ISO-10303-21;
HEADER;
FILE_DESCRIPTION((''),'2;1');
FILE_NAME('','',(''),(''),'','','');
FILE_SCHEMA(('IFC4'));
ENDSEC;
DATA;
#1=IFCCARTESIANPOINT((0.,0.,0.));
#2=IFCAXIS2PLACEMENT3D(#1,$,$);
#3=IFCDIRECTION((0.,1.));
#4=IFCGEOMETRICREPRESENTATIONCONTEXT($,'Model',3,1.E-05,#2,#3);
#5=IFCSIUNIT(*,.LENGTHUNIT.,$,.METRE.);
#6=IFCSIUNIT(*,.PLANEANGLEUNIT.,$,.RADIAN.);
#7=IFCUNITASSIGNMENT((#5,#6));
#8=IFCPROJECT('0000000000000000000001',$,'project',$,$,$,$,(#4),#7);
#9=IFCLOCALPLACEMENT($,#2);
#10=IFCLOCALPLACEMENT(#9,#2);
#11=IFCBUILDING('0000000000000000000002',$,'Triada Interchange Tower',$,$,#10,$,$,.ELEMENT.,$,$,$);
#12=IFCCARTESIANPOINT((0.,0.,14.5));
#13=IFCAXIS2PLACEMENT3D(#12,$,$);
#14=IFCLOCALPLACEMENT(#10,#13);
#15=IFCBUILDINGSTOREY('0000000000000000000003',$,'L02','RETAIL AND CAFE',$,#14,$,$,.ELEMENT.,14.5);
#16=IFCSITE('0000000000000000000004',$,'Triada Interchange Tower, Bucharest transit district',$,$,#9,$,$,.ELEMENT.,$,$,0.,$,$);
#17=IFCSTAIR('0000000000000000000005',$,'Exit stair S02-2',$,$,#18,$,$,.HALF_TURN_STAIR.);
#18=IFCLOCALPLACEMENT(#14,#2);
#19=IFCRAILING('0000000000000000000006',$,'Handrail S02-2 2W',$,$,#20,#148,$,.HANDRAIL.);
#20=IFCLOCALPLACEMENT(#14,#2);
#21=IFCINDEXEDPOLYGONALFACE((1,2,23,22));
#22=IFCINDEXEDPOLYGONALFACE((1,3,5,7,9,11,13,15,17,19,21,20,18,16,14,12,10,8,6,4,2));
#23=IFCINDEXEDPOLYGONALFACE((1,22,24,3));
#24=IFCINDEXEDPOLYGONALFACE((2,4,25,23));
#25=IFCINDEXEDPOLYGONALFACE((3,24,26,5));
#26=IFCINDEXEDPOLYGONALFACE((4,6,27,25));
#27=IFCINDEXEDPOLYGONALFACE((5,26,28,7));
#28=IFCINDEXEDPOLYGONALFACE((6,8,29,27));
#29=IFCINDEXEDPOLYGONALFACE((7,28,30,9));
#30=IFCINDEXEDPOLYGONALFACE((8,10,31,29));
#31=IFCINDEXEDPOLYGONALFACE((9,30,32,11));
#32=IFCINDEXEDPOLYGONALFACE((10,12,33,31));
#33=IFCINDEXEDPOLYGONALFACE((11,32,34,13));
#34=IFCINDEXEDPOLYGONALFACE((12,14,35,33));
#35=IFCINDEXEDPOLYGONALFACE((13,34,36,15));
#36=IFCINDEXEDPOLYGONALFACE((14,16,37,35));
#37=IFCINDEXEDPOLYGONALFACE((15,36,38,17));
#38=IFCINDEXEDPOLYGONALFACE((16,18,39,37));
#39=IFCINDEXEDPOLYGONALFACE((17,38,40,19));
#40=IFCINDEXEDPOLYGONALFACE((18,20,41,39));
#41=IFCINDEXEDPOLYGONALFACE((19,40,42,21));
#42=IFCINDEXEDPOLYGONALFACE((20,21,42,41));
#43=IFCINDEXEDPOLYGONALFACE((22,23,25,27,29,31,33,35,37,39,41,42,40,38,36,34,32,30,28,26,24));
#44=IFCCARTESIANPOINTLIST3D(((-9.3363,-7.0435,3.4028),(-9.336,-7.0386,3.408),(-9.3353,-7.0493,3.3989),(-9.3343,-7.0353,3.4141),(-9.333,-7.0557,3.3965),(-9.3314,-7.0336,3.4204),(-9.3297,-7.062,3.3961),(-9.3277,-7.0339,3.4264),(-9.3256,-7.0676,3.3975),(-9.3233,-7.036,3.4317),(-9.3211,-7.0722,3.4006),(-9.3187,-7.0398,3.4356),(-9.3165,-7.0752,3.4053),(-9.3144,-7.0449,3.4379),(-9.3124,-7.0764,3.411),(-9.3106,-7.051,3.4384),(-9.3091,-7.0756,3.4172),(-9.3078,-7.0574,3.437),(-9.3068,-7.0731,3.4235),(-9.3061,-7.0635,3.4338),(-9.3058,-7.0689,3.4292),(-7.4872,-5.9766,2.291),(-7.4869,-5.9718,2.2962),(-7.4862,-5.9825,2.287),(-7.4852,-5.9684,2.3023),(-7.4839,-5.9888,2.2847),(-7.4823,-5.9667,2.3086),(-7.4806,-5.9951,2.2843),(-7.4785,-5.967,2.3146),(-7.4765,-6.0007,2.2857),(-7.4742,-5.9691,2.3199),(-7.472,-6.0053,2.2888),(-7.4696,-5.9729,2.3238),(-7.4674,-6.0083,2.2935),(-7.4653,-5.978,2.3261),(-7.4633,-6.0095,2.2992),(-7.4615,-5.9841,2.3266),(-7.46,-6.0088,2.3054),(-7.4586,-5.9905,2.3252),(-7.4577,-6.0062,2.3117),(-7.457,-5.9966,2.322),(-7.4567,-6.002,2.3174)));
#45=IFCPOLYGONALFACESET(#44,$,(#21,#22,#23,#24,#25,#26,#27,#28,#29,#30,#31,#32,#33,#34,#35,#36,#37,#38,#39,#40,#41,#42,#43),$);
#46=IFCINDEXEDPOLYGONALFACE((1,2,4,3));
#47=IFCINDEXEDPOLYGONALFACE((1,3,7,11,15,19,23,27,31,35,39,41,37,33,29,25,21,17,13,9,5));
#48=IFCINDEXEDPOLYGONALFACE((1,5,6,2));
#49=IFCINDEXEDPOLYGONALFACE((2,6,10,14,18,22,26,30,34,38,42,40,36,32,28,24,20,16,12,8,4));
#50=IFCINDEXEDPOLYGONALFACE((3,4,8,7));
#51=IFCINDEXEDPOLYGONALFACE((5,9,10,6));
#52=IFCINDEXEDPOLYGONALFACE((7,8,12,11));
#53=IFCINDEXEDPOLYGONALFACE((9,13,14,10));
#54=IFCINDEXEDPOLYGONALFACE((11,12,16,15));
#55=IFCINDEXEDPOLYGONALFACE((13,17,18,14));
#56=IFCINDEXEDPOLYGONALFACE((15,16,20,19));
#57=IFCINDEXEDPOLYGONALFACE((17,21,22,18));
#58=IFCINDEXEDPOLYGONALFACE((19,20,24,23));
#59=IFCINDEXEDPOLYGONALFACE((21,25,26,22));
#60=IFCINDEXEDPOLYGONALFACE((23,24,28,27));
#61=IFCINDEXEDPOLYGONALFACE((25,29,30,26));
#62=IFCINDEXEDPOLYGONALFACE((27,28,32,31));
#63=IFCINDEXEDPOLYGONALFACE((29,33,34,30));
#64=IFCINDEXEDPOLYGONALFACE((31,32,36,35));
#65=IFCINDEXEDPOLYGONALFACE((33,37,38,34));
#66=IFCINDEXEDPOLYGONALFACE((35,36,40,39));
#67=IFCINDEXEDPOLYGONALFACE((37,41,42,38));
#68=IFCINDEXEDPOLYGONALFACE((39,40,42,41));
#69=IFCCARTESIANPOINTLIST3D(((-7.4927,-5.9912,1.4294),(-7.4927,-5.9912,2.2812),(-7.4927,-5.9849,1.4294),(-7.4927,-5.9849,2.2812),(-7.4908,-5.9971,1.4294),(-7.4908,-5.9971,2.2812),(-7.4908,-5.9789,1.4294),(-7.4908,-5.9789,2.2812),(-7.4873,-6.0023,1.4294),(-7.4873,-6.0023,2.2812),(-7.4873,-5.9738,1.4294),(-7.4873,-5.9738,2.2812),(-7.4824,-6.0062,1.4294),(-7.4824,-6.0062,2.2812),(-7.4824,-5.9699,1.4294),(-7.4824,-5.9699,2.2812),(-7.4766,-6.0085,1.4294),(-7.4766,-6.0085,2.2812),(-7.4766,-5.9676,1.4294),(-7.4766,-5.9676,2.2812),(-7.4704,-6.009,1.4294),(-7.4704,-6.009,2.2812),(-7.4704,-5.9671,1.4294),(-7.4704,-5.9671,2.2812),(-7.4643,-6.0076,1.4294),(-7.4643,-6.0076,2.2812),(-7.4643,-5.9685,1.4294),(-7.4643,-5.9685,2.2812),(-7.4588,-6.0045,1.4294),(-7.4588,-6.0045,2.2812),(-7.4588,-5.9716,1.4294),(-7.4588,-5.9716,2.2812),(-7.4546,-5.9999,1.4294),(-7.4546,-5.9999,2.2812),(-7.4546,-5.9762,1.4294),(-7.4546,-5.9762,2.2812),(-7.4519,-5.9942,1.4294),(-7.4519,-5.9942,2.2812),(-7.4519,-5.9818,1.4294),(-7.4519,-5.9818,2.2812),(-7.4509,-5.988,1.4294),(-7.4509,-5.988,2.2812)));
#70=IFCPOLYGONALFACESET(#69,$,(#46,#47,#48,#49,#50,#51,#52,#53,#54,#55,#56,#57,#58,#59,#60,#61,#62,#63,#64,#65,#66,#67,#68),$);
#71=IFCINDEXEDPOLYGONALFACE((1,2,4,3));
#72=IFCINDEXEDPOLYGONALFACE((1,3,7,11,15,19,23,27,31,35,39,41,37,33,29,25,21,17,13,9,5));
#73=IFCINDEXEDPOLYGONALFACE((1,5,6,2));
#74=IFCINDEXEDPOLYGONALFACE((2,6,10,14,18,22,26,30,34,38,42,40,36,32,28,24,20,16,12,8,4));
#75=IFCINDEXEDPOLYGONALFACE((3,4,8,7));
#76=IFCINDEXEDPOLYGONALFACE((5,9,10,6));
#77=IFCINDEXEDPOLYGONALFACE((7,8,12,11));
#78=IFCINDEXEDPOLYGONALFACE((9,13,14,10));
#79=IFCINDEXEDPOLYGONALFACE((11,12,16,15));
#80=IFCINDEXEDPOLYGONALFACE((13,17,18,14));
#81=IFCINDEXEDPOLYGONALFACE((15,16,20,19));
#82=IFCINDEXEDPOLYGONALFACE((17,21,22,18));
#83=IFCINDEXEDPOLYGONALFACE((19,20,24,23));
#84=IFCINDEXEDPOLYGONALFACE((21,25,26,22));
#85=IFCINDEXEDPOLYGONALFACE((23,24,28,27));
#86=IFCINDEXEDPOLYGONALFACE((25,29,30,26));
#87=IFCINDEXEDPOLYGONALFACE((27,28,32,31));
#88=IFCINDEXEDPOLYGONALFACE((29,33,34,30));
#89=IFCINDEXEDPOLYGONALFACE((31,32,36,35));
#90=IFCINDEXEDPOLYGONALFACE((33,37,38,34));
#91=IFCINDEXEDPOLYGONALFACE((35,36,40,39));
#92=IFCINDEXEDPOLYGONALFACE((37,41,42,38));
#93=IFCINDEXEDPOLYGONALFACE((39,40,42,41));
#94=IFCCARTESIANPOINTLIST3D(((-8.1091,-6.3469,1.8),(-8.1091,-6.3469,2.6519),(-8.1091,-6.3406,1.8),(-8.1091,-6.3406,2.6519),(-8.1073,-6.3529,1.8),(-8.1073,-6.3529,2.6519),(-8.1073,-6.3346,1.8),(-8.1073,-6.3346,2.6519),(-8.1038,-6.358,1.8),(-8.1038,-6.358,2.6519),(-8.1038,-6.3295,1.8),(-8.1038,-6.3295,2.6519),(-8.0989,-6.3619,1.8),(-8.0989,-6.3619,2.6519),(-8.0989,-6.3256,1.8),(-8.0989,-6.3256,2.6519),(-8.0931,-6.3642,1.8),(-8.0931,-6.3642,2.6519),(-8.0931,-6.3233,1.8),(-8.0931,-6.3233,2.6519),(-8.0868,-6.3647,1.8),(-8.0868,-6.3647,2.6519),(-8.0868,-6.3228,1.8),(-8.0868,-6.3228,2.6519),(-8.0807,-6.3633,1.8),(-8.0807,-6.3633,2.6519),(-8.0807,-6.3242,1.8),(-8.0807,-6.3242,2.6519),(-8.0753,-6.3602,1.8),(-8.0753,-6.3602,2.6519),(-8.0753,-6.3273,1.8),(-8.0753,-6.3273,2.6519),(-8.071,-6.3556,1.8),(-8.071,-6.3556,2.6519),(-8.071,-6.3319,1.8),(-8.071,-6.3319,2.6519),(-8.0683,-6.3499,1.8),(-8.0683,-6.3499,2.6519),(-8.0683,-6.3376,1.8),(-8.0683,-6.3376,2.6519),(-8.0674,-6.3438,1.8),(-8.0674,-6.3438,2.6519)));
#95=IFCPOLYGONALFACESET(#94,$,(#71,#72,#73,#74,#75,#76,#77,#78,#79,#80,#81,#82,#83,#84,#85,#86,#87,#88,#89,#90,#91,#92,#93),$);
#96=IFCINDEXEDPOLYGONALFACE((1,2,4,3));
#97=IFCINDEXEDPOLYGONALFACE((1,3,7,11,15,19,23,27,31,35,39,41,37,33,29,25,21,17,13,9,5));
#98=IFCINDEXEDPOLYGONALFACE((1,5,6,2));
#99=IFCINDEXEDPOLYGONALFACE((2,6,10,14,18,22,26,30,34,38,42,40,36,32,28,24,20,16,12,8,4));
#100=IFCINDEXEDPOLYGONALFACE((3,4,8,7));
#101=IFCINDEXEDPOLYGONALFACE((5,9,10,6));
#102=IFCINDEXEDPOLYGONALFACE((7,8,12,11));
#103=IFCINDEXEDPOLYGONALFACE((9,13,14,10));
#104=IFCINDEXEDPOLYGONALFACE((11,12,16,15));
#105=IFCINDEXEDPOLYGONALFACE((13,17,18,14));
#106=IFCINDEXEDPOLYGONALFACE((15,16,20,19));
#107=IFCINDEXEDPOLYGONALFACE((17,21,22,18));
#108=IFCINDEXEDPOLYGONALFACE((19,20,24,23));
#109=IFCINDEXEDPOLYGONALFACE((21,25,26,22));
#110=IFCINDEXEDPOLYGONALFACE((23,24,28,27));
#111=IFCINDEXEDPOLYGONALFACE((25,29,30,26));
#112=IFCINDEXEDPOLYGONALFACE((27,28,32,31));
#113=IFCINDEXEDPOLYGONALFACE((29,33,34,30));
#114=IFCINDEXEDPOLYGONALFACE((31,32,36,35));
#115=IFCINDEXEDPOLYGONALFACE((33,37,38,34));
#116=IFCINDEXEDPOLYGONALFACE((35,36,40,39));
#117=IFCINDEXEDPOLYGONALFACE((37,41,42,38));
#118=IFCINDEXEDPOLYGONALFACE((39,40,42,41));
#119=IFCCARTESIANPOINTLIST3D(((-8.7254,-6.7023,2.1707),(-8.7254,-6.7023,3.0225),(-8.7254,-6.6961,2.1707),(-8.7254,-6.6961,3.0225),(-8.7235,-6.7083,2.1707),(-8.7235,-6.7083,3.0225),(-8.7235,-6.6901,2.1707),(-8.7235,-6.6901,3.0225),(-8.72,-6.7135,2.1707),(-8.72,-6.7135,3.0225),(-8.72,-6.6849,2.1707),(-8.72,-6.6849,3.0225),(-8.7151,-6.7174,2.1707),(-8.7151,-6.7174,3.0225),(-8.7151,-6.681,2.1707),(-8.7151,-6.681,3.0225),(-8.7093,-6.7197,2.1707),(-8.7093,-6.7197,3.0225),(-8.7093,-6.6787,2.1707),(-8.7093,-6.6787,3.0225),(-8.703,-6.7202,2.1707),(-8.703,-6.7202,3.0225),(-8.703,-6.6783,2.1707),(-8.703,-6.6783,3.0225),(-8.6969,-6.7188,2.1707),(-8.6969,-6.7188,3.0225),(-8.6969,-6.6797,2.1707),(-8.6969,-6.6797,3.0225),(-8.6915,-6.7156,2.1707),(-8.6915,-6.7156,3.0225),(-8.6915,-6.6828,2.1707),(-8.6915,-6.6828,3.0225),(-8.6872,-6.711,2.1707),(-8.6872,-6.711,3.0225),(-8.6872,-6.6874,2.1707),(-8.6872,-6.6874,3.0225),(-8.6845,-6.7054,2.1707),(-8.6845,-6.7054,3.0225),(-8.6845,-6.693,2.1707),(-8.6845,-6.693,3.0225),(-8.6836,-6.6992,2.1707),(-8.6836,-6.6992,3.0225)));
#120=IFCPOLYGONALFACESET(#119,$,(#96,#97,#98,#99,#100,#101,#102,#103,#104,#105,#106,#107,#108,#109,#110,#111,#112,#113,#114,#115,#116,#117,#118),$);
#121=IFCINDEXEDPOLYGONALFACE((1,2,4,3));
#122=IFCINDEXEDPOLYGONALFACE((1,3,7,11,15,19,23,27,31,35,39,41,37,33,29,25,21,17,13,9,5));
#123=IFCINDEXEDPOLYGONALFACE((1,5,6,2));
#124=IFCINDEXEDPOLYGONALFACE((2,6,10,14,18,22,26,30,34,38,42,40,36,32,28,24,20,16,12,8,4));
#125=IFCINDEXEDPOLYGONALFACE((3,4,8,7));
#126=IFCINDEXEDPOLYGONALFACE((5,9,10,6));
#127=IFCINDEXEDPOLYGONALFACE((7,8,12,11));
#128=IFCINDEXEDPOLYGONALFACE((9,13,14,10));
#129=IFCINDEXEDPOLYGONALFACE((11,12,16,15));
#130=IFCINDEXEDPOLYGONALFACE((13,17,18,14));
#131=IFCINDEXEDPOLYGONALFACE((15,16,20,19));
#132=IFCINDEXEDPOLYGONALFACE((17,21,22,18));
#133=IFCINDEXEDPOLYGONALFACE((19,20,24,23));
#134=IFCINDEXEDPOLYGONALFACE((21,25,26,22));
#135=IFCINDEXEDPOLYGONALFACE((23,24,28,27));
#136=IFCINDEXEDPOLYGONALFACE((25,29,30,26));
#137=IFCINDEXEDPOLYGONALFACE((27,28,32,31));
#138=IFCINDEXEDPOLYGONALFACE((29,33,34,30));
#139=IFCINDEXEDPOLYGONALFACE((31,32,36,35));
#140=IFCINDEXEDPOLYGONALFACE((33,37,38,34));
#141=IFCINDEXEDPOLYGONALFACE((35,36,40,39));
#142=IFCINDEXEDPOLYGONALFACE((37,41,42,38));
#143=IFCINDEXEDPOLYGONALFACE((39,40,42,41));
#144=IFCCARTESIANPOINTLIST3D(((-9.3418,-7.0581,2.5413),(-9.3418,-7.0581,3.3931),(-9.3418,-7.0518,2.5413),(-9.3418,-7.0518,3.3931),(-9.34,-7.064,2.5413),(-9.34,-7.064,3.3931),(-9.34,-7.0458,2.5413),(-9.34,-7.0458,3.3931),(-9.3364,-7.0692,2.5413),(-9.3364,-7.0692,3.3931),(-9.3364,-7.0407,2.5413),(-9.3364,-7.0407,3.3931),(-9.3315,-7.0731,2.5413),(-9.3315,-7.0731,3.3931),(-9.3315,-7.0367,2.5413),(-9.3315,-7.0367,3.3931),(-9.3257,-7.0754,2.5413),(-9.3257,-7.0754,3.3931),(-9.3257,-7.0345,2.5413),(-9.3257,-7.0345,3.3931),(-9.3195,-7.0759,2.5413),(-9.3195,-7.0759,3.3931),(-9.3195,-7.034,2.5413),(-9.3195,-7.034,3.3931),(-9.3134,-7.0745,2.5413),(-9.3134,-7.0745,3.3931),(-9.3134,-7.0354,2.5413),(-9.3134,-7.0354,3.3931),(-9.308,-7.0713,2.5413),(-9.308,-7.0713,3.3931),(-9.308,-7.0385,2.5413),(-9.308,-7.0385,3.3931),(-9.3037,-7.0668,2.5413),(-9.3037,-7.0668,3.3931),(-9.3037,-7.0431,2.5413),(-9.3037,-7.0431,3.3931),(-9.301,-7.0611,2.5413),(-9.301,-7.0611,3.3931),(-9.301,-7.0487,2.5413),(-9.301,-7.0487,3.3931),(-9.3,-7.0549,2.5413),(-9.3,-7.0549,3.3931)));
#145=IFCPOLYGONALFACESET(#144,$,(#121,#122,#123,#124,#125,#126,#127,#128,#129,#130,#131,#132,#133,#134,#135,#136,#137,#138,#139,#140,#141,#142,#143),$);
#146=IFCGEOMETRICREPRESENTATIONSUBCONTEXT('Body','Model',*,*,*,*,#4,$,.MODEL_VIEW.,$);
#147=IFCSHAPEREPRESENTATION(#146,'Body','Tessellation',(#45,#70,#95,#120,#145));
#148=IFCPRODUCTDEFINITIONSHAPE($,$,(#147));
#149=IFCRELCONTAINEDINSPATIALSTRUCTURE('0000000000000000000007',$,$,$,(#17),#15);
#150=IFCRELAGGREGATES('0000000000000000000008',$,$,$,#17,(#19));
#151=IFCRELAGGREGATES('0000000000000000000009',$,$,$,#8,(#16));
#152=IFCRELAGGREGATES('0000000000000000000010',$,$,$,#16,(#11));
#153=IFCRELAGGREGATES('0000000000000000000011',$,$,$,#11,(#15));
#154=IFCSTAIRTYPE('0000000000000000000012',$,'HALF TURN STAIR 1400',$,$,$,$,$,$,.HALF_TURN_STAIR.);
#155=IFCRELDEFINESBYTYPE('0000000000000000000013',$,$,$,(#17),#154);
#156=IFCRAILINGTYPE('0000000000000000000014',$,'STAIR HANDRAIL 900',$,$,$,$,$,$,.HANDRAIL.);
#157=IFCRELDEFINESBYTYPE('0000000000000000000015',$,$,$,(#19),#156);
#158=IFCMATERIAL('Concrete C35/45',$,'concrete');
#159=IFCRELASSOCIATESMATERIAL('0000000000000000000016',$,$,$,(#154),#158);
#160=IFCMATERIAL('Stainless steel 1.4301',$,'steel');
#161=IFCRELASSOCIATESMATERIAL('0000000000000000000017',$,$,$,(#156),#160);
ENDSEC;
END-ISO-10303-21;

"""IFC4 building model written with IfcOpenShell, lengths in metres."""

from ifc_helpers import new_model, si_unit, direction, frame, origin, origin_2d, place, context, subcontext, project, spatial, circle, extrude, material, type_object, element, aggregate, save


model = new_model("IFC4")

# Units and contexts
model_context = context("Model", 3, precision=1e-05, world=origin(), true_north=direction((0.0, 1.0)))
body_context = subcontext(model_context, "Body", "Model", "MODEL_VIEW")
ifc_project = project(units=[si_unit("LENGTHUNIT", "METRE"), si_unit("PLANEANGLEUNIT", "RADIAN")], contexts=[model_context])

# Site, building, storey
site_placement = place(None, origin())
site = spatial("IfcSite", under=ifc_project, at=site_placement, Name="Triada Interchange Tower, Bucharest transit district", CompositionType="ELEMENT", RefElevation=0.0)
building_placement = place(site_placement, origin())
building = spatial("IfcBuilding", under=site, at=building_placement, Name="Triada Interchange Tower", CompositionType="ELEMENT")
storey_placement = place(building_placement, frame((0.0, 0.0, 14.5)))
storey = spatial("IfcBuildingStorey", under=building, at=storey_placement, Name="L02", Description="RETAIL AND CAFE", CompositionType="ELEMENT", Elevation=14.5)

# Shared definitions
ifc_material_1 = material(Name="Concrete C35/45", Category="concrete")

# Stair, railing
stair_type = type_object("IfcStairType", Name="HALF TURN STAIR 1400", PredefinedType="HALF_TURN_STAIR", material=ifc_material_1)
stair_1_placement = place(storey_placement, origin())
stair_1 = element("IfcStair", 1, at=stair_1_placement, inside=storey, type_object=stair_type, Name="Exit stair S02-2", PredefinedType="HALF_TURN_STAIR")
ifc_material_2 = material(Name="Stainless steel 1.4301", Category="steel")
railing_type_1 = type_object("IfcRailingType", Name="STAIR HANDRAIL 900", PredefinedType="HANDRAIL", material=ifc_material_2)
railing_1_placement = place(storey_placement, frame((-7.4719, -5.988, 1.4294)))
railing_1 = element("IfcRailing", 2, at=railing_1_placement, type_object=railing_type_1, Name="Handrail S02-2 2W", PredefinedType="HANDRAIL", context=body_context, shape_type="SweptSolid", body=[
    extrude(circle(Radius=0.0239, at=origin_2d()), frame((0.0, 0.0, 0.876), z_axis=(-0.768226, -0.443247, 0.46191), x_axis=(0.499755, -0.866167, 0.0)), (0.0, 0.0, 1.0), 2.407),
    extrude(circle(Radius=0.021, at=origin_2d()), origin(), (0.0, 0.0, 1.0), 0.8518),
    extrude(circle(Radius=0.021, at=origin_2d()), frame((-0.6165, -0.3557, 0.3706)), (0.0, 0.0, 1.0), 0.8518),
    extrude(circle(Radius=0.021, at=origin_2d()), frame((-1.2327, -0.7112, 0.7412)), (0.0, 0.0, 1.0), 0.8518),
    extrude(circle(Radius=0.021, at=origin_2d()), frame((-1.8491, -1.0669, 1.1118)), (0.0, 0.0, 1.0), 0.8518),
])
aggregate(stair_1, [railing_1])

save(model, "model.ifc")
